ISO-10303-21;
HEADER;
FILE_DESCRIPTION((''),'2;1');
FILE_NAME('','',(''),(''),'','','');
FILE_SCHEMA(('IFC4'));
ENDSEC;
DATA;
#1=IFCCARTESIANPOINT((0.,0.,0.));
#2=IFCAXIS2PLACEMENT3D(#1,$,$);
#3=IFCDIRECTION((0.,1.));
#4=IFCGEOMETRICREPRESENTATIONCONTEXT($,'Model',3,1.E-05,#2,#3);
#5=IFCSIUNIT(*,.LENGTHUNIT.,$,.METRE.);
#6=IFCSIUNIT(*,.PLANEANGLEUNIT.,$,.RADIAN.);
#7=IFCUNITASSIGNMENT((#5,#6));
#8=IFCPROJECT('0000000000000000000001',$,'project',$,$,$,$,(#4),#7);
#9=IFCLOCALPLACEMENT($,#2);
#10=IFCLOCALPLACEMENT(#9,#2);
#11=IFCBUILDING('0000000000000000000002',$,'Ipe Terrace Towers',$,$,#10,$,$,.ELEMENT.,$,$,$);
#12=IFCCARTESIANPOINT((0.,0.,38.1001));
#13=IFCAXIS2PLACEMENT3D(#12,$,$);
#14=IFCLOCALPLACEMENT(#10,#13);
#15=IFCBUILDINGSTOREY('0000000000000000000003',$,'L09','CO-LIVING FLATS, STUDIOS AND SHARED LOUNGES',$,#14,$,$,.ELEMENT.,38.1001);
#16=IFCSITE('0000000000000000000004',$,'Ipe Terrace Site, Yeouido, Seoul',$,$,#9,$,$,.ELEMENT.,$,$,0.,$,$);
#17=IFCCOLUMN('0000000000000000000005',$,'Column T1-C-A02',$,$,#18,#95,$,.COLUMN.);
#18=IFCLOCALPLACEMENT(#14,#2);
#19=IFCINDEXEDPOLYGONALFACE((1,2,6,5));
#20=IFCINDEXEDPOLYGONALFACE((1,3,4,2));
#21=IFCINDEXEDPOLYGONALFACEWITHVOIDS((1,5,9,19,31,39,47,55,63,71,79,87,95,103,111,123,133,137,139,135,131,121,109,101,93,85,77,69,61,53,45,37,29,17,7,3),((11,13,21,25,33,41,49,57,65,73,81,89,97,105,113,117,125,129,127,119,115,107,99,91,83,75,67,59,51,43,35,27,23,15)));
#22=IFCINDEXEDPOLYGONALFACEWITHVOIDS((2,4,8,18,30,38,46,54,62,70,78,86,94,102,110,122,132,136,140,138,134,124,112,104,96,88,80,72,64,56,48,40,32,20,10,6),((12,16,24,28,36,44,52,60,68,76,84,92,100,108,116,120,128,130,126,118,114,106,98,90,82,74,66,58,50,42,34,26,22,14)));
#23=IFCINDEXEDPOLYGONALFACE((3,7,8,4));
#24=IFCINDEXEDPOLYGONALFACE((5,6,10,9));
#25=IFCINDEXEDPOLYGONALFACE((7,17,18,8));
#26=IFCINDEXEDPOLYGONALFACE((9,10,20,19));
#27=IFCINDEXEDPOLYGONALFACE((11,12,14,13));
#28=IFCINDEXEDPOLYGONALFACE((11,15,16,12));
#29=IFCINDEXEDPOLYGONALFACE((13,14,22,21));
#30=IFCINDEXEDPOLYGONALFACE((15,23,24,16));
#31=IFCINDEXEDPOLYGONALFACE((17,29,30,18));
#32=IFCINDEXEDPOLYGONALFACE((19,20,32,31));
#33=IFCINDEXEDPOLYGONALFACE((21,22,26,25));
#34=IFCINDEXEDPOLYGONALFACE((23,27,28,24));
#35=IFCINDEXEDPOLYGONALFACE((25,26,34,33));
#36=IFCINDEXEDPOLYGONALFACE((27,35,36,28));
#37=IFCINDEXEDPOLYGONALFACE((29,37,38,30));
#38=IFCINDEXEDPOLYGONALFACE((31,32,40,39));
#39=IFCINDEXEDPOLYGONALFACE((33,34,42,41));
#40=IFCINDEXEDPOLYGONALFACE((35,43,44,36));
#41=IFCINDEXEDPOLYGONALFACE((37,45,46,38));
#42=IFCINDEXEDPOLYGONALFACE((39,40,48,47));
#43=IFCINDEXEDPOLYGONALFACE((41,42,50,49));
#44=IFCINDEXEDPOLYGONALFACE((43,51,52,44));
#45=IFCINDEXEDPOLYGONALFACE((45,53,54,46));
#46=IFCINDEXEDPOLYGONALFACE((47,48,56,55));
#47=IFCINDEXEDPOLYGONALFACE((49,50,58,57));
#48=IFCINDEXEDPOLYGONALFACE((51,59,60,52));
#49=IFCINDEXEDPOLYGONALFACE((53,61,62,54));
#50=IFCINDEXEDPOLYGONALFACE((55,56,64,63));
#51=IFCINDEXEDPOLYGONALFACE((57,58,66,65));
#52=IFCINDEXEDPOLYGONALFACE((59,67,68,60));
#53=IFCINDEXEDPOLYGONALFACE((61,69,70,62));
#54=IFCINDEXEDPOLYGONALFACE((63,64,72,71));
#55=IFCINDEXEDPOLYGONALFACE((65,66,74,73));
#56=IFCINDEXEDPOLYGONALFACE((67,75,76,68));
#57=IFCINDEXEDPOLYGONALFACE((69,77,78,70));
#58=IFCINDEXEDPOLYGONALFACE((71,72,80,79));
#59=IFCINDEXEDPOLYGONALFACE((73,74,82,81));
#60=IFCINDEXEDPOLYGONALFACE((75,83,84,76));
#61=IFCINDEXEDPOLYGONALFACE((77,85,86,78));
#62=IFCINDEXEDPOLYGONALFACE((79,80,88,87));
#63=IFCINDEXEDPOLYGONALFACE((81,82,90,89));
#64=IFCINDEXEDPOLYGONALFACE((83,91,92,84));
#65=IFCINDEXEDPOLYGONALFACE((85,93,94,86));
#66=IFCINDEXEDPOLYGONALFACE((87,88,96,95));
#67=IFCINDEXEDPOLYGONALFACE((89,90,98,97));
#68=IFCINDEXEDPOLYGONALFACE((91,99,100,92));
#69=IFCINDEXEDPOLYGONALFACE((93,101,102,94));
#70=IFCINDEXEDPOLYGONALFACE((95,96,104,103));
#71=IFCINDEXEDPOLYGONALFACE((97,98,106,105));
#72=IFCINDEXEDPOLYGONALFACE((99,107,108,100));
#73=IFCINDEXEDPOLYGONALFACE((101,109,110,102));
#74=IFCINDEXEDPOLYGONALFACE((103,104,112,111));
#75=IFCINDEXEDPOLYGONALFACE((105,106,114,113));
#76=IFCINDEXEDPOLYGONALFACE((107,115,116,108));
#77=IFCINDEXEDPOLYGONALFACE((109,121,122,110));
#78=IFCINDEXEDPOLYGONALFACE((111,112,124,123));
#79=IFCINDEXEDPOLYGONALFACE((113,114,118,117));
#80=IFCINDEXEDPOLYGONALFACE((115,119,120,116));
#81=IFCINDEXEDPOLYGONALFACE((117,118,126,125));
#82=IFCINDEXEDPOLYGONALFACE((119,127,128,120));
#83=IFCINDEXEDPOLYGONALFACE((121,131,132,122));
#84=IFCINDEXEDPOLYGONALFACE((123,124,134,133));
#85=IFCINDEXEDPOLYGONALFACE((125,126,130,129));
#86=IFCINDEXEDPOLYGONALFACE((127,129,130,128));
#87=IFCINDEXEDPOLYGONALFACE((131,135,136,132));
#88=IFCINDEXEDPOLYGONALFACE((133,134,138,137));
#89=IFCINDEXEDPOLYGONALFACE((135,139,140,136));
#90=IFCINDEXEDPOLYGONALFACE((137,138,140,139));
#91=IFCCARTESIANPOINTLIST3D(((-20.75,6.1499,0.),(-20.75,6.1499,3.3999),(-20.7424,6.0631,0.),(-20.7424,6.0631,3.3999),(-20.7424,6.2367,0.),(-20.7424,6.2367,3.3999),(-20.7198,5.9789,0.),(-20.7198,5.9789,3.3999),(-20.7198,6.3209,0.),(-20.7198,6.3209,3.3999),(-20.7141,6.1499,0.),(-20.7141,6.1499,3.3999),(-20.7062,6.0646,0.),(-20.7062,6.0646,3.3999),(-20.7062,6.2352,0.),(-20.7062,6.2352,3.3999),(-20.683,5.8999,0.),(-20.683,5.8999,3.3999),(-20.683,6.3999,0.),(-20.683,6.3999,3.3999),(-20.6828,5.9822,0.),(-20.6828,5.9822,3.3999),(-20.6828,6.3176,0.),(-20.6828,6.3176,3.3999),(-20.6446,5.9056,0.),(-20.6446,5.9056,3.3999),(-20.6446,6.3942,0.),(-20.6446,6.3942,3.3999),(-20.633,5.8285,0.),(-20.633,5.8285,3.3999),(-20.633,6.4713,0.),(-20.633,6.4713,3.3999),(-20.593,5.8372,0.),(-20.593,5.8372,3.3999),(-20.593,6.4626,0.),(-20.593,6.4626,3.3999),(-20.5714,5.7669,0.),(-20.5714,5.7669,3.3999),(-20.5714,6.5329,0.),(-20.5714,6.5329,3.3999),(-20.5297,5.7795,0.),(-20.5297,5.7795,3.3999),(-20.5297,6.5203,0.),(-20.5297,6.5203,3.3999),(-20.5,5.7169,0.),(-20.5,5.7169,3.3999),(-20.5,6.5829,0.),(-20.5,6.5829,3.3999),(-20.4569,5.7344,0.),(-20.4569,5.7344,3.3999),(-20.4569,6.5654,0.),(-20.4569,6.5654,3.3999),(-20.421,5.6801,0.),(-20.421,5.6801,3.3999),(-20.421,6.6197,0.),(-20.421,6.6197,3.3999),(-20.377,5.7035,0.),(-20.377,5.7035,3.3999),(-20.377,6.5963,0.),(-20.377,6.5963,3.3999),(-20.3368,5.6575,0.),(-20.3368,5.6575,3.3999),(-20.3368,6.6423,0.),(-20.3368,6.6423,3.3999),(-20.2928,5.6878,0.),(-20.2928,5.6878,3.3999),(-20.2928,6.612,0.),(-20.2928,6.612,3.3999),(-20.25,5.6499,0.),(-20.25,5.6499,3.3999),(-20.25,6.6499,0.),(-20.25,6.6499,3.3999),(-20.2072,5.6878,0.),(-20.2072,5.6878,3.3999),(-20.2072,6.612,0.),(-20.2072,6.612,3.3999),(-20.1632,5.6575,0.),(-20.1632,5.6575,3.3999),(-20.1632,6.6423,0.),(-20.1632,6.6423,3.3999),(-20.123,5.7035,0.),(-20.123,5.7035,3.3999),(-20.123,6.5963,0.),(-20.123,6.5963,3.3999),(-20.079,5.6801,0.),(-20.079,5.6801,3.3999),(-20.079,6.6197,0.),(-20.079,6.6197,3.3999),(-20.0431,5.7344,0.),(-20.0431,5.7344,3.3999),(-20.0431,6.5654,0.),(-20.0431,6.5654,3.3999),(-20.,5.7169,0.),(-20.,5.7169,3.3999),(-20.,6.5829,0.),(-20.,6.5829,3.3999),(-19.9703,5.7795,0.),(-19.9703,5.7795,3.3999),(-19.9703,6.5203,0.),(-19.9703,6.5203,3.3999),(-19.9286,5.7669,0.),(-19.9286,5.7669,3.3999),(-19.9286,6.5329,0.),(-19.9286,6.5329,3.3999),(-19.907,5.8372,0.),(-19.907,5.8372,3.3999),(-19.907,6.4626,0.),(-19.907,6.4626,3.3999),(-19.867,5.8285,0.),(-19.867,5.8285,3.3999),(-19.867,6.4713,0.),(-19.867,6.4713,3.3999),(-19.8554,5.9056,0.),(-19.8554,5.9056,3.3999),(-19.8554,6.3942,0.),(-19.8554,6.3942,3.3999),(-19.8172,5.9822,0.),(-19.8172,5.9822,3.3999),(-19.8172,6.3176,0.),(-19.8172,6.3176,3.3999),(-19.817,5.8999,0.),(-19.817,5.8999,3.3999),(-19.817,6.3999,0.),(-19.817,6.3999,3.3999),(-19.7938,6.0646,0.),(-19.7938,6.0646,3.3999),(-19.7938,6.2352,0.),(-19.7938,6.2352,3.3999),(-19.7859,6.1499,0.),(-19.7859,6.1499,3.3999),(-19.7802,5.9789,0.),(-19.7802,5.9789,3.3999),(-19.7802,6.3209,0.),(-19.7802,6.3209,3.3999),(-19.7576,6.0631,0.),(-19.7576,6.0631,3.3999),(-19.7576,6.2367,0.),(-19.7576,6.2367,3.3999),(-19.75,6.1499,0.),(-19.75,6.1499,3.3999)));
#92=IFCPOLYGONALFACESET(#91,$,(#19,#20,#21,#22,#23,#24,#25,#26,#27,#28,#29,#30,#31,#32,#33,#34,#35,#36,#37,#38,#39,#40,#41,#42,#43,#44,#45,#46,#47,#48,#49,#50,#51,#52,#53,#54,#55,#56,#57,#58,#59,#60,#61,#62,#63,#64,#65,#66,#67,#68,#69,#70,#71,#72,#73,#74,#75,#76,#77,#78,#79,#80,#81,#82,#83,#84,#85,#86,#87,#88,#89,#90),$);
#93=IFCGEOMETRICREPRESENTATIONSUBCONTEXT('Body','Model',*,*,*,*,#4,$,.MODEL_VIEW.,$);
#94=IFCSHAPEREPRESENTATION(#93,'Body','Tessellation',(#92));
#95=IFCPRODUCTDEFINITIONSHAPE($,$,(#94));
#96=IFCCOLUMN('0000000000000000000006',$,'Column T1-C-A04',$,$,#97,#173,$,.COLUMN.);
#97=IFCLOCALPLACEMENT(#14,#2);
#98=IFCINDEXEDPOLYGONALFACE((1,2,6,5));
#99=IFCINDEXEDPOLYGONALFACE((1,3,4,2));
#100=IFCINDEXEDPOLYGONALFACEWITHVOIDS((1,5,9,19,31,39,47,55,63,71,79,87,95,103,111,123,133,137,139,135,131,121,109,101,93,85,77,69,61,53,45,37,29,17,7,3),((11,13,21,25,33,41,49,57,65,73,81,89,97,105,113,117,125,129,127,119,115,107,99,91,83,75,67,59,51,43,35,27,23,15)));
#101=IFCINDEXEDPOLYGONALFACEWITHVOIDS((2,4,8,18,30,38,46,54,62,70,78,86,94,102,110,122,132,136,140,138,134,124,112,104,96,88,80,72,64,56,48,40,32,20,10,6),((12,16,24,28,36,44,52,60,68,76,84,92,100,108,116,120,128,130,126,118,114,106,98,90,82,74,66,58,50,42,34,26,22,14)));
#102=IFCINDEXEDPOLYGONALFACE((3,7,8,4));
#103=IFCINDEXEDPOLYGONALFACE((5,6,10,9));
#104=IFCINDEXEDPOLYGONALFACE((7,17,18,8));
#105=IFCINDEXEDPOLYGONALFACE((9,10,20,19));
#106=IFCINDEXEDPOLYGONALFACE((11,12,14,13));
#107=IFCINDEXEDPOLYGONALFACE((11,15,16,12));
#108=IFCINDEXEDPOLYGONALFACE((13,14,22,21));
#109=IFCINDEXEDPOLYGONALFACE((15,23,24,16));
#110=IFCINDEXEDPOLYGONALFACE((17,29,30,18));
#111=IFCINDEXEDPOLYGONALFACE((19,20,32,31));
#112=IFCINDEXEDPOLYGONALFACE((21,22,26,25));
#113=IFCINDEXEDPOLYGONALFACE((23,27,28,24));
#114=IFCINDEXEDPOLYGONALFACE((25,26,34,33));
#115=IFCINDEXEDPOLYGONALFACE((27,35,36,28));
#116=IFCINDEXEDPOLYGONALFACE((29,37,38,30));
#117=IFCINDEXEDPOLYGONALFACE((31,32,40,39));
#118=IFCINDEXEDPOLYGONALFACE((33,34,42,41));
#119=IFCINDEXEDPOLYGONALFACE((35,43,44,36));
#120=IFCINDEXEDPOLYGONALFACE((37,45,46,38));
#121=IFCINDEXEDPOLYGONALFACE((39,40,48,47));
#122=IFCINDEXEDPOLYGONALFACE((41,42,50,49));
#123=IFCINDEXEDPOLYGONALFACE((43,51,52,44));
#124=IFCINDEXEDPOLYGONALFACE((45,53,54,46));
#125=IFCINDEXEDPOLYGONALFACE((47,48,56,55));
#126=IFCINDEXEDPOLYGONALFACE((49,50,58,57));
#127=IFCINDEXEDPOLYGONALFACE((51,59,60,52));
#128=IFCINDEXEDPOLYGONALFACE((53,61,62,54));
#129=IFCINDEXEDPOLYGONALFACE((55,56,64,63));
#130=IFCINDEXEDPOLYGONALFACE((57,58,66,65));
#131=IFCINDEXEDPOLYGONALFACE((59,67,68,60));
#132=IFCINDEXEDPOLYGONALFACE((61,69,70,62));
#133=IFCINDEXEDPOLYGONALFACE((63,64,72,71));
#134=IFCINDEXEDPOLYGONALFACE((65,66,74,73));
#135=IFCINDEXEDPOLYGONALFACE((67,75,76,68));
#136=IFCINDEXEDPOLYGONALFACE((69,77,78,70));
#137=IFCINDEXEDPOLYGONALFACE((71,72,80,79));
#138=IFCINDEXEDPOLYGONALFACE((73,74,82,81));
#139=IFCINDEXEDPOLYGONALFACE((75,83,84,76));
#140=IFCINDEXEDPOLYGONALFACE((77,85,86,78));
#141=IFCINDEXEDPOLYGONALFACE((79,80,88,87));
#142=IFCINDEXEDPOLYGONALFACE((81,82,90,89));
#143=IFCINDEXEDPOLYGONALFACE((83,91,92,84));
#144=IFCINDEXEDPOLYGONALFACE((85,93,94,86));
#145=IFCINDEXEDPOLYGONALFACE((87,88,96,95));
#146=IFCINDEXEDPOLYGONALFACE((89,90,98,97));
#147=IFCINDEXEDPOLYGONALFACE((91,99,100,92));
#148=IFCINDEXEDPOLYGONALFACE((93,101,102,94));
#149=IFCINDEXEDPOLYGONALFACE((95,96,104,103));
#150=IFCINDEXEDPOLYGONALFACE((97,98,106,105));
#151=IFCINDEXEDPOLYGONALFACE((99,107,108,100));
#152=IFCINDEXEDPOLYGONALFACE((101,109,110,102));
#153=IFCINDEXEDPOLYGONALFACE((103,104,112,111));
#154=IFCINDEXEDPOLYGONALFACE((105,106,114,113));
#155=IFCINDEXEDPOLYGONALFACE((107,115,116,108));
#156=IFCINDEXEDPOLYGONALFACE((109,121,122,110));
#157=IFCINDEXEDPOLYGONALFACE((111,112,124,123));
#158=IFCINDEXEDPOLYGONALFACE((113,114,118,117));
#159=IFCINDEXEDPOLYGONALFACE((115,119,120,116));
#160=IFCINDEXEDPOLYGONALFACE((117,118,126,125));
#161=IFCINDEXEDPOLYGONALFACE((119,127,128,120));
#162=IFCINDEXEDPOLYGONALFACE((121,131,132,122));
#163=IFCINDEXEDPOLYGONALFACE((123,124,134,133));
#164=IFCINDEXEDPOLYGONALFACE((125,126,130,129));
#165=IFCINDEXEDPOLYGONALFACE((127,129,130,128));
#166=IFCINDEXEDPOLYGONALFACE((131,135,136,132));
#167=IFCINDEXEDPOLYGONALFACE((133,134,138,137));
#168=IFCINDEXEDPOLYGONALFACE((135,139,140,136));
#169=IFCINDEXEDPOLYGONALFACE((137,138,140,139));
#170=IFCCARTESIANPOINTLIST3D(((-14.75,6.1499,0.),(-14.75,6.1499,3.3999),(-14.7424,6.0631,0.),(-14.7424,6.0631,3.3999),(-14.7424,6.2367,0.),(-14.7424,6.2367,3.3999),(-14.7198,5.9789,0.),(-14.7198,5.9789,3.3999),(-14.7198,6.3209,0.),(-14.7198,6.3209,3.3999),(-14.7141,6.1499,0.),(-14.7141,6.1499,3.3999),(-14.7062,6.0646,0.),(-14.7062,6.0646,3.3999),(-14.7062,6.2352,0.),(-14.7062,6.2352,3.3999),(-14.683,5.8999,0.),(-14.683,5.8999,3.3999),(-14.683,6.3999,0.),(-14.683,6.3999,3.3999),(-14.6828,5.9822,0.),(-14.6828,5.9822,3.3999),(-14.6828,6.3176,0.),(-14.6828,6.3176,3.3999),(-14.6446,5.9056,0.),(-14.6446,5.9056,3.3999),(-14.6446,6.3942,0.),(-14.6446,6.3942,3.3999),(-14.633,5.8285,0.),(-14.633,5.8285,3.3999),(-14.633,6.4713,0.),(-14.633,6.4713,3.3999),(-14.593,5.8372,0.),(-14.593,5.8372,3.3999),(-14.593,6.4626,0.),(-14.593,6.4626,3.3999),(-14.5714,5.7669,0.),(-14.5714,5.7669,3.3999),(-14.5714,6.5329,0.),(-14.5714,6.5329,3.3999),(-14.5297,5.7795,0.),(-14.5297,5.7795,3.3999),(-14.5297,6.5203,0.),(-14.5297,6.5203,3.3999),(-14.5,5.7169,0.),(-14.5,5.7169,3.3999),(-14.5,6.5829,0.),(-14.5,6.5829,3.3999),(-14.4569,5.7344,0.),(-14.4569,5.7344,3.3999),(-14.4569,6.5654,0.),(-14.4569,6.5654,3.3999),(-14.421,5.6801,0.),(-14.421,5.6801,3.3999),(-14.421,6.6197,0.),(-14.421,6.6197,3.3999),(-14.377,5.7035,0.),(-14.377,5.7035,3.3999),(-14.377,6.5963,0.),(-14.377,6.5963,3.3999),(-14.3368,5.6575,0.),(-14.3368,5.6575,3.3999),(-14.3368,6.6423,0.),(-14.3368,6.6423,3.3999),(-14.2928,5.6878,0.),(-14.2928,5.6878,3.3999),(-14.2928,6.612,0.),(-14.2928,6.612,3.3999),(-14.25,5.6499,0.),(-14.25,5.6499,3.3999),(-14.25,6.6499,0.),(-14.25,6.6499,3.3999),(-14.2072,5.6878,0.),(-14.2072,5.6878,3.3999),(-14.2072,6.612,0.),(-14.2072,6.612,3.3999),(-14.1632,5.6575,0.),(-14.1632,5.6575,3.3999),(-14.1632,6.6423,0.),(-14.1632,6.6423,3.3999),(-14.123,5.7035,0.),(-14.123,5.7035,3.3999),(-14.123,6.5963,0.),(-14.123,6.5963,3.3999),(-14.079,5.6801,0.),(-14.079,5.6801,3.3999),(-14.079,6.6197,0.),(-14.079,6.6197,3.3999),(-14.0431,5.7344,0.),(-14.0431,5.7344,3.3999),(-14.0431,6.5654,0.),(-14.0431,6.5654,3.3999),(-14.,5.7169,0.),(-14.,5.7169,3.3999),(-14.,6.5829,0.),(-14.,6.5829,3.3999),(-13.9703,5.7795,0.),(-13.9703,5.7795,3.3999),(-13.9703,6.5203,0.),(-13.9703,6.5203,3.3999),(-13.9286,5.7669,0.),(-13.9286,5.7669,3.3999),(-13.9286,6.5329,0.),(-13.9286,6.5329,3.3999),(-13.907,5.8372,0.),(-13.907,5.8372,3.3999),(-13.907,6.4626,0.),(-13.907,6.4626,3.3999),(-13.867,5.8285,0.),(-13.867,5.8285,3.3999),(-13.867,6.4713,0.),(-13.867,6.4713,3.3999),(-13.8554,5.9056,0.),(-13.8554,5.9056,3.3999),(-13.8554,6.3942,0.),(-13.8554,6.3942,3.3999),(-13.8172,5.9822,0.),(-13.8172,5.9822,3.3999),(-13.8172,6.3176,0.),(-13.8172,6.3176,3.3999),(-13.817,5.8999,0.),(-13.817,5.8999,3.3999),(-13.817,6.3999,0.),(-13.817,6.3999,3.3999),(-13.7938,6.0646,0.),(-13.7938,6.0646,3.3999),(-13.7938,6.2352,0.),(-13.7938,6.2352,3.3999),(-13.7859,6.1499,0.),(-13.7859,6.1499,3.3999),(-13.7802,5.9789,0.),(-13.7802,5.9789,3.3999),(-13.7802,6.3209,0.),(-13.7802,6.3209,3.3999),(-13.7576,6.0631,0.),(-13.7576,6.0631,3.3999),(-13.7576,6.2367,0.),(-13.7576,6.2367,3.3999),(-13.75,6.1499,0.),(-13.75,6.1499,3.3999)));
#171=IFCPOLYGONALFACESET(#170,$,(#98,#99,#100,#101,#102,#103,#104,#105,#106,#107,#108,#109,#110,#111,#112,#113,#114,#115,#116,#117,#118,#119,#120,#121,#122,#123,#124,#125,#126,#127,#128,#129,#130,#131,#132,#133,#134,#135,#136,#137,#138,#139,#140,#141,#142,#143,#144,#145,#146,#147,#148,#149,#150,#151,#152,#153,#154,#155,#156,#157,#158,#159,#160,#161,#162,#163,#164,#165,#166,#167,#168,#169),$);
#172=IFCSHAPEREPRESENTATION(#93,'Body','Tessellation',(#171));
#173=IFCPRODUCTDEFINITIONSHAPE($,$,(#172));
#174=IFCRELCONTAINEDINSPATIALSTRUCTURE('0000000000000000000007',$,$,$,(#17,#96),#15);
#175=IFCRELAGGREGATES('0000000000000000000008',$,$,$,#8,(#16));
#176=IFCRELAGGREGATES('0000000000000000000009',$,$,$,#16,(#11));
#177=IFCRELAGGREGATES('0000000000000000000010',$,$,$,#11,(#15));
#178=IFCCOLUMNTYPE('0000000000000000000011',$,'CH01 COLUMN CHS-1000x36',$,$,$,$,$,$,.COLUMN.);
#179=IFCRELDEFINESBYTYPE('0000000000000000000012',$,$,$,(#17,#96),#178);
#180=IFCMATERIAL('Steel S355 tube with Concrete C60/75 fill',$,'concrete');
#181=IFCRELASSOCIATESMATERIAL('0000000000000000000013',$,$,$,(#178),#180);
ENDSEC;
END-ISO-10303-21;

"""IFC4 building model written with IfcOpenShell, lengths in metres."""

from ifc_helpers import new_model, si_unit, direction, frame, origin, origin_2d, place, context, subcontext, project, spatial, hollow_circle, extrude, material, material_profile, profile_set, type_object, element, save


model = new_model("IFC4")

# Units and contexts
model_context = context("Model", 3, precision=1e-05, world=origin(), true_north=direction((0.0, 1.0)))
body_context = subcontext(model_context, "Body", "Model", "MODEL_VIEW")
ifc_project = project(units=[si_unit("LENGTHUNIT", "METRE"), si_unit("PLANEANGLEUNIT", "RADIAN")], contexts=[model_context])

# Site, building, storey
site_placement = place(None, origin())
site = spatial("IfcSite", under=ifc_project, at=site_placement, Name="Ipe Terrace Site, Yeouido, Seoul", CompositionType="ELEMENT", RefElevation=0.0)
building_placement = place(site_placement, origin())
building = spatial("IfcBuilding", under=site, at=building_placement, Name="Ipe Terrace Towers", CompositionType="ELEMENT")
storey_placement = place(building_placement, frame((0.0, 0.0, 38.1001)))
storey = spatial("IfcBuildingStorey", under=building, at=storey_placement, Name="L09", Description="CO-LIVING FLATS, STUDIOS AND SHARED LOUNGES", CompositionType="ELEMENT", Elevation=38.1001)

# Columns
ifc_material_1 = material(Name="Steel S355 tube with Concrete C60/75 fill", Category="concrete")
ifc_material_profile_1 = material_profile(ifc_material_1, hollow_circle(Radius=0.5, WallThickness=0.0359, at=origin_2d()), Name="CHS-1000x36")
ifc_profile_set_1 = profile_set([ifc_material_profile_1], Name="Steel S355 tube with Concrete C60/75 fill")
column_type = type_object("IfcColumnType", Name="CH01 COLUMN CHS-1000x36", PredefinedType="COLUMN", material=ifc_profile_set_1)
for number, where, z_axis, x_axis, name in (
    (1, (-20.25, 6.1499, 0.0), (0.0, 0.0, 1.0), (1.0, 0.0, 0.0), "Column T1-C-A02"),
    (2, (-14.25, 6.1499, 0.0), (0.0, 0.0, 1.0), (1.0, 0.0, 0.0), "Column T1-C-A04"),
):
    element("IfcColumn", number, at=place(storey_placement, frame(where, z_axis=z_axis, x_axis=x_axis)), inside=storey, type_object=column_type, Name=name, PredefinedType="COLUMN", context=body_context, shape_type="SweptSolid", body=[
        extrude(hollow_circle(Radius=0.5, WallThickness=0.0359, at=origin_2d()), origin(), (0.0, 0.0, 1.0), 3.3999),
    ])

save(model, "model.ifc")
